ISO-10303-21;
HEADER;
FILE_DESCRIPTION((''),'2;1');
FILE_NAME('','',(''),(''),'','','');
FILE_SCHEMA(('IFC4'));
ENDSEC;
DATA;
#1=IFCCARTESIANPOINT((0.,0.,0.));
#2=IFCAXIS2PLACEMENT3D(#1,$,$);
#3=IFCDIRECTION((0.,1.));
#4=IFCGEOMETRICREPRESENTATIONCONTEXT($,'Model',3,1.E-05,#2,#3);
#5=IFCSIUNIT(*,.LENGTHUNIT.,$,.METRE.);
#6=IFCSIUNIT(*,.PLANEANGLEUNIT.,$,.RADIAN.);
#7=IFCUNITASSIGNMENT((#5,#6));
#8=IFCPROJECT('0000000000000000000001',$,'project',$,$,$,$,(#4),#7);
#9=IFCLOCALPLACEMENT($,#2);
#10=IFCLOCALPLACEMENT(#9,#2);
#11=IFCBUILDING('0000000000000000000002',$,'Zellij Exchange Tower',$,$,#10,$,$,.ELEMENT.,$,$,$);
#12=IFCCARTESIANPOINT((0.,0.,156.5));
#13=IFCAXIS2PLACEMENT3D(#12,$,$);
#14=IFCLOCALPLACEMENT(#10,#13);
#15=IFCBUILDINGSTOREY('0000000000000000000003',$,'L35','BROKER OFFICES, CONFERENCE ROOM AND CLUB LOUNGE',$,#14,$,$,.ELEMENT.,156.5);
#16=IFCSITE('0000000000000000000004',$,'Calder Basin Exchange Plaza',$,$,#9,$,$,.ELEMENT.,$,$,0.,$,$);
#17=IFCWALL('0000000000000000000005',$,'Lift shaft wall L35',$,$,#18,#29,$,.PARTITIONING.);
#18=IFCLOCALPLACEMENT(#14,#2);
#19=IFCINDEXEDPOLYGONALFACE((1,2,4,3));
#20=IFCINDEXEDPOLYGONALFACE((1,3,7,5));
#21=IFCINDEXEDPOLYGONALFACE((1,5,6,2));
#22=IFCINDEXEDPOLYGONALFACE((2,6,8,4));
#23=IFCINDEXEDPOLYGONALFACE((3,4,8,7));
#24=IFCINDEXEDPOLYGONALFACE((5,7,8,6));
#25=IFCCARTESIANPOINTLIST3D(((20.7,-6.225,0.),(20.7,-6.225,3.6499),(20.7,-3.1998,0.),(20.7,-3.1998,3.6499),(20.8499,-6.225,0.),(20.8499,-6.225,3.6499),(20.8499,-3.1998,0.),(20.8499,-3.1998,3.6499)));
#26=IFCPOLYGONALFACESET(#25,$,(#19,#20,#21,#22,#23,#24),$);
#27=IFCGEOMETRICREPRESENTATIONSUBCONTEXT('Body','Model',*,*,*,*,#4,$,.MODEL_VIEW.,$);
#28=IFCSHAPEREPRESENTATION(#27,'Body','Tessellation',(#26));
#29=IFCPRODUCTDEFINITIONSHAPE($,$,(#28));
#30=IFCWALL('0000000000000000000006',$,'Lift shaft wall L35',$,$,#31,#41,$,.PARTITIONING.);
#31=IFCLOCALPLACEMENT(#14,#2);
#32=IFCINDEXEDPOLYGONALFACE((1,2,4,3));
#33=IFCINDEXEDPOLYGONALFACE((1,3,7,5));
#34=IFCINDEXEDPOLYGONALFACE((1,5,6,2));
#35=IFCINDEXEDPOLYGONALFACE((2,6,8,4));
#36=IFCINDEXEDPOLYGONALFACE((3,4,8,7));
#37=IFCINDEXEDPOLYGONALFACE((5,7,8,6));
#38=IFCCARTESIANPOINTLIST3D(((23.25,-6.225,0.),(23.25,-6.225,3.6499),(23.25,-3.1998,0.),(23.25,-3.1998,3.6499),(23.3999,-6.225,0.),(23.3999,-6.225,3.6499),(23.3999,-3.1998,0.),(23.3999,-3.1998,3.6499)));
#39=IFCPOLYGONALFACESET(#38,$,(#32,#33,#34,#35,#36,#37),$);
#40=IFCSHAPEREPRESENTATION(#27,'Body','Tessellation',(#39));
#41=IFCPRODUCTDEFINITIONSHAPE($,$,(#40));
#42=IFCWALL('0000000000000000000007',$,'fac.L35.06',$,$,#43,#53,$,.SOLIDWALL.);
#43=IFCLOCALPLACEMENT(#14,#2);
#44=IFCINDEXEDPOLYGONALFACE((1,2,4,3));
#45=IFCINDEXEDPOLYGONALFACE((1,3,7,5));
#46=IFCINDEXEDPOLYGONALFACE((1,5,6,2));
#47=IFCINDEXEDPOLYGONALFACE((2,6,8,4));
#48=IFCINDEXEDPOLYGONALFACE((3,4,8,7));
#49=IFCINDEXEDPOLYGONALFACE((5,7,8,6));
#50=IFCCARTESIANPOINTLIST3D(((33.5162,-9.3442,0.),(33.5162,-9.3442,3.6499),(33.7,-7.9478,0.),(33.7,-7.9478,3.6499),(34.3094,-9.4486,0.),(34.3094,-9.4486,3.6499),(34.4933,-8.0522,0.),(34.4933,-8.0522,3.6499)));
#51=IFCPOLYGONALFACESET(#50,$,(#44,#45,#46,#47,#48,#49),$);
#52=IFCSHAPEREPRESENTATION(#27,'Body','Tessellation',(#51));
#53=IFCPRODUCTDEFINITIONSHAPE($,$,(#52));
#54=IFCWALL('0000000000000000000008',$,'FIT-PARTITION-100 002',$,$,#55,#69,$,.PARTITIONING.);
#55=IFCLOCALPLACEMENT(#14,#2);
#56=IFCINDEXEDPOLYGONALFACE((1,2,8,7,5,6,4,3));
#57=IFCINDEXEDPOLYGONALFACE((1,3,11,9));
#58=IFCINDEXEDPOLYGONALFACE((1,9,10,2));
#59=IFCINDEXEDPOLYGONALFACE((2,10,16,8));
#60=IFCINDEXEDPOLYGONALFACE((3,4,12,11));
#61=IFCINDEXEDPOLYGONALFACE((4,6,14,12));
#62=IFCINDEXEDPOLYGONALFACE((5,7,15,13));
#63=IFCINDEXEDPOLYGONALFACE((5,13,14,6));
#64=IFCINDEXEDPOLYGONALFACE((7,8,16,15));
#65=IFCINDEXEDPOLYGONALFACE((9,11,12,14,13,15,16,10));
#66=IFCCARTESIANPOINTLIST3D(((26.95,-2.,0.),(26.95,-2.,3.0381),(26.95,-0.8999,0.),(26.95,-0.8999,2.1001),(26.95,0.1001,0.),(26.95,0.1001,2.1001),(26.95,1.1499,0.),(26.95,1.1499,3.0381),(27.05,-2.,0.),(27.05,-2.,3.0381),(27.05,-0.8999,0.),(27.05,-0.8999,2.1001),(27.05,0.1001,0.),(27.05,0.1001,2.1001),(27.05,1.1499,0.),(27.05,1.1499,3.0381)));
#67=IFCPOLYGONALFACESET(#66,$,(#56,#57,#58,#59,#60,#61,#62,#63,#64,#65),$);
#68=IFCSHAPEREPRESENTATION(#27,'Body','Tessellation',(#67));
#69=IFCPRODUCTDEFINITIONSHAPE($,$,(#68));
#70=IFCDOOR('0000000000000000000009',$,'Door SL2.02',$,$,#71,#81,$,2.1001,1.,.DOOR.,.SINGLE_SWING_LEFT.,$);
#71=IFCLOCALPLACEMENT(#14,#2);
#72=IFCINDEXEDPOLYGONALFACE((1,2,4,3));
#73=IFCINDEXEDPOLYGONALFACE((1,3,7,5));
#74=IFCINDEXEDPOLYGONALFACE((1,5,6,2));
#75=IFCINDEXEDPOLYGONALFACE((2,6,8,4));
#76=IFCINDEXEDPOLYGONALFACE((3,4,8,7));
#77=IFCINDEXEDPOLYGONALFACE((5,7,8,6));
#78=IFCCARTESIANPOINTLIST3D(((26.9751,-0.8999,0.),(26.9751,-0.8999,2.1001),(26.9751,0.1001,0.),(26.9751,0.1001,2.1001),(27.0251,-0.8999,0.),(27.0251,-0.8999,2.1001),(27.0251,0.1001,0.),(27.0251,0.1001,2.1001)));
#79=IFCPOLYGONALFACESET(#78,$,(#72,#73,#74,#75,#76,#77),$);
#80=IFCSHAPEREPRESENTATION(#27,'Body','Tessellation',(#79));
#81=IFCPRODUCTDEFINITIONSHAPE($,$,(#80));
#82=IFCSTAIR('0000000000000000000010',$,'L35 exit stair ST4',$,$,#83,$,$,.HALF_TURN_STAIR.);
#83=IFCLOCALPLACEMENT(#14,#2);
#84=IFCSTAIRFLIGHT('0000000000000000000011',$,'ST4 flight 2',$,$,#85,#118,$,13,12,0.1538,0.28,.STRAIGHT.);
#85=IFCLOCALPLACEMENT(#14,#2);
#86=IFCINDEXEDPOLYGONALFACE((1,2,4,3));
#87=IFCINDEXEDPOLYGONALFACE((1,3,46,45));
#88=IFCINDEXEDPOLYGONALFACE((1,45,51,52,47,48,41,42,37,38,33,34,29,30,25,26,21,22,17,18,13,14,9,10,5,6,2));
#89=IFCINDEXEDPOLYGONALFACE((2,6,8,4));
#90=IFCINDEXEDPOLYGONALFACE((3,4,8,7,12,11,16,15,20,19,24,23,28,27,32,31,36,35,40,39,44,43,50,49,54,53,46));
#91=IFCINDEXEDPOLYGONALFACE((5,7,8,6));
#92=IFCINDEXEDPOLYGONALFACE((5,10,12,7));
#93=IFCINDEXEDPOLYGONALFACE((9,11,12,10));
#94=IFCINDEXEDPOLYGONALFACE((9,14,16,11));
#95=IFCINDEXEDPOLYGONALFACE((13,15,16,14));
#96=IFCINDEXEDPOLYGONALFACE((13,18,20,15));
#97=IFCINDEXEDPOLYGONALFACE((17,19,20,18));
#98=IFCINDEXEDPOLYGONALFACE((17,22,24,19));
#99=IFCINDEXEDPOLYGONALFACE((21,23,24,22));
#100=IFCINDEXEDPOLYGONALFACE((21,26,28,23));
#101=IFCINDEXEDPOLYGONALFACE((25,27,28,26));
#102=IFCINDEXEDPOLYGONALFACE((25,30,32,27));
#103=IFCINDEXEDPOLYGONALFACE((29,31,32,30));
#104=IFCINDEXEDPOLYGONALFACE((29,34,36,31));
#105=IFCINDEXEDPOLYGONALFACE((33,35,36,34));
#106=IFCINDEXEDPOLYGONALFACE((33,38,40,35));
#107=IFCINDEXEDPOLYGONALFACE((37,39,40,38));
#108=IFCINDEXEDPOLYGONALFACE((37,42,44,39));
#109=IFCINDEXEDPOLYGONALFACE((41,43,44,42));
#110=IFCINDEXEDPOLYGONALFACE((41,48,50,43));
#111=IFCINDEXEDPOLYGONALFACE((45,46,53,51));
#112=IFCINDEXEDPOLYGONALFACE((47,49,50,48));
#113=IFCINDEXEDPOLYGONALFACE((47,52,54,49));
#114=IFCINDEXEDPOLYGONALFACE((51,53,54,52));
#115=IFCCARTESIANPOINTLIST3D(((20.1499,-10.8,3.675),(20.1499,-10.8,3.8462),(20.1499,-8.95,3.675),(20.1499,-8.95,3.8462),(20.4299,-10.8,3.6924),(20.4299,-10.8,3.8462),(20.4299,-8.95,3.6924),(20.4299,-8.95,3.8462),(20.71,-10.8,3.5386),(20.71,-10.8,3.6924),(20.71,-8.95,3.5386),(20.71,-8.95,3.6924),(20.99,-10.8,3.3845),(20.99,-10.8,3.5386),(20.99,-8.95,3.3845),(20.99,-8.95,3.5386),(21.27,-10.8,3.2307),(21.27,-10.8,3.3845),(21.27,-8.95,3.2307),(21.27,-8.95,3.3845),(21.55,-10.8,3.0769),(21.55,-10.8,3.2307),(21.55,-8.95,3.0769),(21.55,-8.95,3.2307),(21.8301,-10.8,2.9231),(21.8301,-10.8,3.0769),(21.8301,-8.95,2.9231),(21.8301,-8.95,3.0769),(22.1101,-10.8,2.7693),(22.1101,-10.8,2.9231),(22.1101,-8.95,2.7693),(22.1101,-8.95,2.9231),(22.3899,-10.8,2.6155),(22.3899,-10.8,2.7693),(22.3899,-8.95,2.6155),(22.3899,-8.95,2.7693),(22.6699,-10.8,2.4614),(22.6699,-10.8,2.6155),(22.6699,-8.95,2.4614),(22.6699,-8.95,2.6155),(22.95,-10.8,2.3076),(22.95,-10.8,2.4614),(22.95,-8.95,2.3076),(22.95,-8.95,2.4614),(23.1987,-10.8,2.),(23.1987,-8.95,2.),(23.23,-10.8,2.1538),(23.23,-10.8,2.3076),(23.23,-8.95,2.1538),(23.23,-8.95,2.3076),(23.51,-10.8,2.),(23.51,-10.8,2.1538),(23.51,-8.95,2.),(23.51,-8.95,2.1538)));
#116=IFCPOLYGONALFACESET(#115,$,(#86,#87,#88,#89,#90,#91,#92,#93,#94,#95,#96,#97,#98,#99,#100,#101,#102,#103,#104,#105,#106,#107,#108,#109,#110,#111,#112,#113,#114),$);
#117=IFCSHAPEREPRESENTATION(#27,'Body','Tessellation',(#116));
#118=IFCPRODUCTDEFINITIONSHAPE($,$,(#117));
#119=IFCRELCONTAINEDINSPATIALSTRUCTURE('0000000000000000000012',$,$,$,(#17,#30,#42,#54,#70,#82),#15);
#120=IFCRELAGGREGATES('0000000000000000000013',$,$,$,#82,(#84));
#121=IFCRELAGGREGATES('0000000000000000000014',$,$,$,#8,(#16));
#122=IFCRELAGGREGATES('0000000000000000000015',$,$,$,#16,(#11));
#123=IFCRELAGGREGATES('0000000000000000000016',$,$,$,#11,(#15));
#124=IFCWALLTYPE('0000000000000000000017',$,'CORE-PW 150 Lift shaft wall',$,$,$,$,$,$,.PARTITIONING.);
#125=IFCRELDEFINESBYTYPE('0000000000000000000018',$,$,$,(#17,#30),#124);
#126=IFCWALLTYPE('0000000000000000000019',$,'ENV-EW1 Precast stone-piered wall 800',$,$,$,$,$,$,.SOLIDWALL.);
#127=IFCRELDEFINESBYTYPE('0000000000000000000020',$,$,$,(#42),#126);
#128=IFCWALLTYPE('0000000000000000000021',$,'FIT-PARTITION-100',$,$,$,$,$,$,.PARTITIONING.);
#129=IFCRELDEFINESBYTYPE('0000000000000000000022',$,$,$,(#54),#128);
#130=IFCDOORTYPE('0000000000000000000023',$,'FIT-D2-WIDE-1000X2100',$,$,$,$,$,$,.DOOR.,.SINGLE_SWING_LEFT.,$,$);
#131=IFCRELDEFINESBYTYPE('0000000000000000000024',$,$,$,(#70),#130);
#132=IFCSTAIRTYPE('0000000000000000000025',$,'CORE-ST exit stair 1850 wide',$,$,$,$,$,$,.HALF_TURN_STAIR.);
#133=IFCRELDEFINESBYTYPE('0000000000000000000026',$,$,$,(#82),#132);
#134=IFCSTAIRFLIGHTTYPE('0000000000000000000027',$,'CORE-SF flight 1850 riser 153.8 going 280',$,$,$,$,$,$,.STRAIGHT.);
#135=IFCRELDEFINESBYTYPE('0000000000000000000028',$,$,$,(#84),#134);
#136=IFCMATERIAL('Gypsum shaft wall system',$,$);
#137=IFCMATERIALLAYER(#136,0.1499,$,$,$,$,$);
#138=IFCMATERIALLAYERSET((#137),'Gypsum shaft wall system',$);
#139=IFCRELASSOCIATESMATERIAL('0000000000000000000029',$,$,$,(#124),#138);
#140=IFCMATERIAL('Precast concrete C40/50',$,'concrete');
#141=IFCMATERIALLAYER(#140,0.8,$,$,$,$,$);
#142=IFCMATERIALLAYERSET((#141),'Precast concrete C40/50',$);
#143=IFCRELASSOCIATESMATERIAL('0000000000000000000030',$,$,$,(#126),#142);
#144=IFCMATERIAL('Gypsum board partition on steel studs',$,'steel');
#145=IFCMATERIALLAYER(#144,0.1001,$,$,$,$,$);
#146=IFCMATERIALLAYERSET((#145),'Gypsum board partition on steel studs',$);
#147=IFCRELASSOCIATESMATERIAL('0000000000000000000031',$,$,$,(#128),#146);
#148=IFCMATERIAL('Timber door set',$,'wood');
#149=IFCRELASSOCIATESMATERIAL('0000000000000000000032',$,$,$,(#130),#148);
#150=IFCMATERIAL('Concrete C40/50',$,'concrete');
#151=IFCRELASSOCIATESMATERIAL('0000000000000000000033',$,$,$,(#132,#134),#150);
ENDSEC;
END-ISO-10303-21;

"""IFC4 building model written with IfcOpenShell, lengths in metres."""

from ifc_helpers import new_model, si_unit, direction, frame, frame_2d, origin, place, context, subcontext, project, spatial, polyline, rectangle, outline, extrude, material, layer, layer_set, type_object, element, fill, aggregate, save


model = new_model("IFC4")

# Units and contexts
model_context = context("Model", 3, precision=1e-05, world=origin(), true_north=direction((0.0, 1.0)))
body_context = subcontext(model_context, "Body", "Model", "MODEL_VIEW")
ifc_project = project(units=[si_unit("LENGTHUNIT", "METRE"), si_unit("PLANEANGLEUNIT", "RADIAN")], contexts=[model_context])

# Site, building, storey
site_placement = place(None, origin())
site = spatial("IfcSite", under=ifc_project, at=site_placement, Name="Calder Basin Exchange Plaza", CompositionType="ELEMENT", RefElevation=0.0)
building_placement = place(site_placement, origin())
building = spatial("IfcBuilding", under=site, at=building_placement, Name="Zellij Exchange Tower", CompositionType="ELEMENT")
storey_placement = place(building_placement, frame((0.0, 0.0, 156.5)))
storey = spatial("IfcBuildingStorey", under=building, at=storey_placement, Name="L35", Description="BROKER OFFICES, CONFERENCE ROOM AND CLUB LOUNGE", CompositionType="ELEMENT", Elevation=156.5)

# Walls
ifc_material_1 = material(Name="Gypsum shaft wall system")
ifc_layer_1 = layer(ifc_material_1, 0.1499)
ifc_layer_set_1 = layer_set([ifc_layer_1], Name="Gypsum shaft wall system")
wall_type_1 = type_object("IfcWallType", Name="CORE-PW 150 Lift shaft wall", PredefinedType="PARTITIONING", material=ifc_layer_set_1)
for number, where, z_axis, x_axis, name in (
    (1, (20.7749, -6.2251, 0.0), (0.0, 0.0, 1.0), (0.0, 1.0, 0.0), "Lift shaft wall L35"),
    (2, (23.325, -6.2251, 0.0), (0.0, 0.0, 1.0), (0.0, 1.0, 0.0), "Lift shaft wall L35"),
):
    element("IfcWall", number, at=place(storey_placement, frame(where, z_axis=z_axis, x_axis=x_axis)), inside=storey, type_object=wall_type_1, Name=name, PredefinedType="PARTITIONING", context=body_context, shape_type="SweptSolid", body=[
        extrude(rectangle(XDim=3.0251, YDim=0.1499, at=frame_2d((1.5127, 0.0))), origin(), (0.0, 0.0, 1.0), 3.6499),
    ])
ifc_material_2 = material(Name="Precast concrete C40/50", Category="concrete")
ifc_layer_2 = layer(ifc_material_2, 0.8)
ifc_layer_set_2 = layer_set([ifc_layer_2], Name="Precast concrete C40/50")
wall_type_2 = type_object("IfcWallType", Name="ENV-EW1 Precast stone-piered wall 800", PredefinedType="SOLIDWALL", material=ifc_layer_set_2)
wall_1_placement = place(storey_placement, frame((33.9128, -9.3962, 0.0), z_axis=(0.0, 0.0, 1.0), x_axis=(0.130517, 0.991446, 0.0)))
element("IfcWall", 3, at=wall_1_placement, inside=storey, type_object=wall_type_2, Name="fac.L35.06", PredefinedType="SOLIDWALL", context=body_context, shape_type="SweptSolid", body=[
    extrude(rectangle(XDim=1.4084, YDim=0.8, at=frame_2d((0.7041, 0.0))), origin(), (0.0, 0.0, 1.0), 3.6499),
])

# Wall, opening, door
ifc_material_3 = material(Name="Gypsum board partition on steel studs", Category="steel")
ifc_layer_3 = layer(ifc_material_3, 0.1001)
ifc_layer_set_3 = layer_set([ifc_layer_3], Name="Gypsum board partition on steel studs")
wall_type_3 = type_object("IfcWallType", Name="FIT-PARTITION-100", PredefinedType="PARTITIONING", material=ifc_layer_set_3)
wall_2_placement = place(storey_placement, frame((27.0, -2.0, 0.0), z_axis=(0.0, 0.0, 1.0), x_axis=(0.0, 1.0, 0.0)))
wall_2 = element("IfcWall", 4, at=wall_2_placement, inside=storey, type_object=wall_type_3, Name="FIT-PARTITION-100 002", PredefinedType="PARTITIONING", context=body_context, shape_type="SweptSolid", body=[
    extrude(rectangle(XDim=3.1499, YDim=0.1001, at=frame_2d((1.575, 0.0))), origin(), (0.0, 0.0, 1.0), 3.0381),
])
opening_placement = place(wall_2_placement, frame((1.1001, 0.0, 0.0)))
opening = element("IfcOpeningElement", 5, at=opening_placement, cuts=wall_2, PredefinedType="OPENING", context=body_context, shape_type="SweptSolid", body=[
    extrude(rectangle(XDim=1.0, YDim=2.1001, at=frame_2d((0.5, 1.05))), frame((0.0, 0.062, 0.0), z_axis=(0.0, -1.0, 0.0), x_axis=(1.0, 0.0, 0.0)), (0.0, 0.0, 1.0), 0.124),
])
ifc_material_4 = material(Name="Timber door set", Category="wood")
door_type = type_object("IfcDoorType", Name="FIT-D2-WIDE-1000X2100", OperationType="SINGLE_SWING_LEFT", PredefinedType="DOOR", material=ifc_material_4)
door_placement = place(opening_placement, origin())
door = element("IfcDoor", 6, at=door_placement, inside=storey, type_object=door_type, Name="Door SL2.02", OperationType="SINGLE_SWING_LEFT", OverallHeight=2.1001, OverallWidth=1.0, PredefinedType="DOOR", context=body_context, shape_type="SweptSolid", body=[
    extrude(rectangle(XDim=1.0, YDim=2.1001, at=frame_2d((0.5, 1.05))), frame((0.0, 0.0249, 0.0), z_axis=(0.0, -1.0, 0.0), x_axis=(1.0, 0.0, 0.0)), (0.0, 0.0, 1.0), 0.05),
])
fill(opening, door)

# Stair, stair flight
ifc_material_5 = material(Name="Concrete C40/50", Category="concrete")
stair_type = type_object("IfcStairType", Name="CORE-ST exit stair 1850 wide", PredefinedType="HALF_TURN_STAIR", material=ifc_material_5)
stair_placement = place(storey_placement, origin())
stair = element("IfcStair", 7, at=stair_placement, inside=storey, type_object=stair_type, Name="L35 exit stair ST4", PredefinedType="HALF_TURN_STAIR")
stair_flight_type = type_object("IfcStairFlightType", Name="CORE-SF flight 1850 riser 153.8 going 280", PredefinedType="STRAIGHT", material=ifc_material_5)
stair_flight_placement = place(storey_placement, frame((23.51, -9.875, 2.0), z_axis=(0.0, 0.0, 1.0), x_axis=(-1.0, 0.0, 0.0)))
stair_flight = element("IfcStairFlight", 8, at=stair_flight_placement, type_object=stair_flight_type, Name="ST4 flight 2", NumberOfRisers=13, NumberOfTreads=12, PredefinedType="STRAIGHT", RiserHeight=0.1538, TreadLength=0.28, context=body_context, shape_type="SweptSolid", body=[
    extrude(outline(polyline([(0.0, 0.0), (0.0, 0.1538), (0.28, 0.1538), (0.28, 0.3076), (0.5601, 0.3076), (0.5601, 0.4614), (0.8401, 0.4614), (0.8401, 0.6155), (1.1201, 0.6155), (1.1201, 0.7693), (1.3999, 0.7693), (1.3999, 0.9231), (1.6799, 0.9231), (1.6799, 1.0769), (1.96, 1.0769), (1.96, 1.2307), (2.24, 1.2307), (2.24, 1.3845), (2.52, 1.3845), (2.52, 1.5386), (2.8, 1.5386), (2.8, 1.6924), (3.0801, 1.6924), (3.0801, 1.8462), (3.3601, 1.8462), (3.3601, 2.0), (3.3601, 1.675), (0.3113, 0.0), (0.0, 0.0)])), frame((0.0, 0.925, 0.0), z_axis=(0.0, -1.0, 0.0), x_axis=(1.0, 0.0, 0.0)), (0.0, 0.0, 1.0), 1.8501),
])
aggregate(stair, [stair_flight])

save(model, "model.ifc")
